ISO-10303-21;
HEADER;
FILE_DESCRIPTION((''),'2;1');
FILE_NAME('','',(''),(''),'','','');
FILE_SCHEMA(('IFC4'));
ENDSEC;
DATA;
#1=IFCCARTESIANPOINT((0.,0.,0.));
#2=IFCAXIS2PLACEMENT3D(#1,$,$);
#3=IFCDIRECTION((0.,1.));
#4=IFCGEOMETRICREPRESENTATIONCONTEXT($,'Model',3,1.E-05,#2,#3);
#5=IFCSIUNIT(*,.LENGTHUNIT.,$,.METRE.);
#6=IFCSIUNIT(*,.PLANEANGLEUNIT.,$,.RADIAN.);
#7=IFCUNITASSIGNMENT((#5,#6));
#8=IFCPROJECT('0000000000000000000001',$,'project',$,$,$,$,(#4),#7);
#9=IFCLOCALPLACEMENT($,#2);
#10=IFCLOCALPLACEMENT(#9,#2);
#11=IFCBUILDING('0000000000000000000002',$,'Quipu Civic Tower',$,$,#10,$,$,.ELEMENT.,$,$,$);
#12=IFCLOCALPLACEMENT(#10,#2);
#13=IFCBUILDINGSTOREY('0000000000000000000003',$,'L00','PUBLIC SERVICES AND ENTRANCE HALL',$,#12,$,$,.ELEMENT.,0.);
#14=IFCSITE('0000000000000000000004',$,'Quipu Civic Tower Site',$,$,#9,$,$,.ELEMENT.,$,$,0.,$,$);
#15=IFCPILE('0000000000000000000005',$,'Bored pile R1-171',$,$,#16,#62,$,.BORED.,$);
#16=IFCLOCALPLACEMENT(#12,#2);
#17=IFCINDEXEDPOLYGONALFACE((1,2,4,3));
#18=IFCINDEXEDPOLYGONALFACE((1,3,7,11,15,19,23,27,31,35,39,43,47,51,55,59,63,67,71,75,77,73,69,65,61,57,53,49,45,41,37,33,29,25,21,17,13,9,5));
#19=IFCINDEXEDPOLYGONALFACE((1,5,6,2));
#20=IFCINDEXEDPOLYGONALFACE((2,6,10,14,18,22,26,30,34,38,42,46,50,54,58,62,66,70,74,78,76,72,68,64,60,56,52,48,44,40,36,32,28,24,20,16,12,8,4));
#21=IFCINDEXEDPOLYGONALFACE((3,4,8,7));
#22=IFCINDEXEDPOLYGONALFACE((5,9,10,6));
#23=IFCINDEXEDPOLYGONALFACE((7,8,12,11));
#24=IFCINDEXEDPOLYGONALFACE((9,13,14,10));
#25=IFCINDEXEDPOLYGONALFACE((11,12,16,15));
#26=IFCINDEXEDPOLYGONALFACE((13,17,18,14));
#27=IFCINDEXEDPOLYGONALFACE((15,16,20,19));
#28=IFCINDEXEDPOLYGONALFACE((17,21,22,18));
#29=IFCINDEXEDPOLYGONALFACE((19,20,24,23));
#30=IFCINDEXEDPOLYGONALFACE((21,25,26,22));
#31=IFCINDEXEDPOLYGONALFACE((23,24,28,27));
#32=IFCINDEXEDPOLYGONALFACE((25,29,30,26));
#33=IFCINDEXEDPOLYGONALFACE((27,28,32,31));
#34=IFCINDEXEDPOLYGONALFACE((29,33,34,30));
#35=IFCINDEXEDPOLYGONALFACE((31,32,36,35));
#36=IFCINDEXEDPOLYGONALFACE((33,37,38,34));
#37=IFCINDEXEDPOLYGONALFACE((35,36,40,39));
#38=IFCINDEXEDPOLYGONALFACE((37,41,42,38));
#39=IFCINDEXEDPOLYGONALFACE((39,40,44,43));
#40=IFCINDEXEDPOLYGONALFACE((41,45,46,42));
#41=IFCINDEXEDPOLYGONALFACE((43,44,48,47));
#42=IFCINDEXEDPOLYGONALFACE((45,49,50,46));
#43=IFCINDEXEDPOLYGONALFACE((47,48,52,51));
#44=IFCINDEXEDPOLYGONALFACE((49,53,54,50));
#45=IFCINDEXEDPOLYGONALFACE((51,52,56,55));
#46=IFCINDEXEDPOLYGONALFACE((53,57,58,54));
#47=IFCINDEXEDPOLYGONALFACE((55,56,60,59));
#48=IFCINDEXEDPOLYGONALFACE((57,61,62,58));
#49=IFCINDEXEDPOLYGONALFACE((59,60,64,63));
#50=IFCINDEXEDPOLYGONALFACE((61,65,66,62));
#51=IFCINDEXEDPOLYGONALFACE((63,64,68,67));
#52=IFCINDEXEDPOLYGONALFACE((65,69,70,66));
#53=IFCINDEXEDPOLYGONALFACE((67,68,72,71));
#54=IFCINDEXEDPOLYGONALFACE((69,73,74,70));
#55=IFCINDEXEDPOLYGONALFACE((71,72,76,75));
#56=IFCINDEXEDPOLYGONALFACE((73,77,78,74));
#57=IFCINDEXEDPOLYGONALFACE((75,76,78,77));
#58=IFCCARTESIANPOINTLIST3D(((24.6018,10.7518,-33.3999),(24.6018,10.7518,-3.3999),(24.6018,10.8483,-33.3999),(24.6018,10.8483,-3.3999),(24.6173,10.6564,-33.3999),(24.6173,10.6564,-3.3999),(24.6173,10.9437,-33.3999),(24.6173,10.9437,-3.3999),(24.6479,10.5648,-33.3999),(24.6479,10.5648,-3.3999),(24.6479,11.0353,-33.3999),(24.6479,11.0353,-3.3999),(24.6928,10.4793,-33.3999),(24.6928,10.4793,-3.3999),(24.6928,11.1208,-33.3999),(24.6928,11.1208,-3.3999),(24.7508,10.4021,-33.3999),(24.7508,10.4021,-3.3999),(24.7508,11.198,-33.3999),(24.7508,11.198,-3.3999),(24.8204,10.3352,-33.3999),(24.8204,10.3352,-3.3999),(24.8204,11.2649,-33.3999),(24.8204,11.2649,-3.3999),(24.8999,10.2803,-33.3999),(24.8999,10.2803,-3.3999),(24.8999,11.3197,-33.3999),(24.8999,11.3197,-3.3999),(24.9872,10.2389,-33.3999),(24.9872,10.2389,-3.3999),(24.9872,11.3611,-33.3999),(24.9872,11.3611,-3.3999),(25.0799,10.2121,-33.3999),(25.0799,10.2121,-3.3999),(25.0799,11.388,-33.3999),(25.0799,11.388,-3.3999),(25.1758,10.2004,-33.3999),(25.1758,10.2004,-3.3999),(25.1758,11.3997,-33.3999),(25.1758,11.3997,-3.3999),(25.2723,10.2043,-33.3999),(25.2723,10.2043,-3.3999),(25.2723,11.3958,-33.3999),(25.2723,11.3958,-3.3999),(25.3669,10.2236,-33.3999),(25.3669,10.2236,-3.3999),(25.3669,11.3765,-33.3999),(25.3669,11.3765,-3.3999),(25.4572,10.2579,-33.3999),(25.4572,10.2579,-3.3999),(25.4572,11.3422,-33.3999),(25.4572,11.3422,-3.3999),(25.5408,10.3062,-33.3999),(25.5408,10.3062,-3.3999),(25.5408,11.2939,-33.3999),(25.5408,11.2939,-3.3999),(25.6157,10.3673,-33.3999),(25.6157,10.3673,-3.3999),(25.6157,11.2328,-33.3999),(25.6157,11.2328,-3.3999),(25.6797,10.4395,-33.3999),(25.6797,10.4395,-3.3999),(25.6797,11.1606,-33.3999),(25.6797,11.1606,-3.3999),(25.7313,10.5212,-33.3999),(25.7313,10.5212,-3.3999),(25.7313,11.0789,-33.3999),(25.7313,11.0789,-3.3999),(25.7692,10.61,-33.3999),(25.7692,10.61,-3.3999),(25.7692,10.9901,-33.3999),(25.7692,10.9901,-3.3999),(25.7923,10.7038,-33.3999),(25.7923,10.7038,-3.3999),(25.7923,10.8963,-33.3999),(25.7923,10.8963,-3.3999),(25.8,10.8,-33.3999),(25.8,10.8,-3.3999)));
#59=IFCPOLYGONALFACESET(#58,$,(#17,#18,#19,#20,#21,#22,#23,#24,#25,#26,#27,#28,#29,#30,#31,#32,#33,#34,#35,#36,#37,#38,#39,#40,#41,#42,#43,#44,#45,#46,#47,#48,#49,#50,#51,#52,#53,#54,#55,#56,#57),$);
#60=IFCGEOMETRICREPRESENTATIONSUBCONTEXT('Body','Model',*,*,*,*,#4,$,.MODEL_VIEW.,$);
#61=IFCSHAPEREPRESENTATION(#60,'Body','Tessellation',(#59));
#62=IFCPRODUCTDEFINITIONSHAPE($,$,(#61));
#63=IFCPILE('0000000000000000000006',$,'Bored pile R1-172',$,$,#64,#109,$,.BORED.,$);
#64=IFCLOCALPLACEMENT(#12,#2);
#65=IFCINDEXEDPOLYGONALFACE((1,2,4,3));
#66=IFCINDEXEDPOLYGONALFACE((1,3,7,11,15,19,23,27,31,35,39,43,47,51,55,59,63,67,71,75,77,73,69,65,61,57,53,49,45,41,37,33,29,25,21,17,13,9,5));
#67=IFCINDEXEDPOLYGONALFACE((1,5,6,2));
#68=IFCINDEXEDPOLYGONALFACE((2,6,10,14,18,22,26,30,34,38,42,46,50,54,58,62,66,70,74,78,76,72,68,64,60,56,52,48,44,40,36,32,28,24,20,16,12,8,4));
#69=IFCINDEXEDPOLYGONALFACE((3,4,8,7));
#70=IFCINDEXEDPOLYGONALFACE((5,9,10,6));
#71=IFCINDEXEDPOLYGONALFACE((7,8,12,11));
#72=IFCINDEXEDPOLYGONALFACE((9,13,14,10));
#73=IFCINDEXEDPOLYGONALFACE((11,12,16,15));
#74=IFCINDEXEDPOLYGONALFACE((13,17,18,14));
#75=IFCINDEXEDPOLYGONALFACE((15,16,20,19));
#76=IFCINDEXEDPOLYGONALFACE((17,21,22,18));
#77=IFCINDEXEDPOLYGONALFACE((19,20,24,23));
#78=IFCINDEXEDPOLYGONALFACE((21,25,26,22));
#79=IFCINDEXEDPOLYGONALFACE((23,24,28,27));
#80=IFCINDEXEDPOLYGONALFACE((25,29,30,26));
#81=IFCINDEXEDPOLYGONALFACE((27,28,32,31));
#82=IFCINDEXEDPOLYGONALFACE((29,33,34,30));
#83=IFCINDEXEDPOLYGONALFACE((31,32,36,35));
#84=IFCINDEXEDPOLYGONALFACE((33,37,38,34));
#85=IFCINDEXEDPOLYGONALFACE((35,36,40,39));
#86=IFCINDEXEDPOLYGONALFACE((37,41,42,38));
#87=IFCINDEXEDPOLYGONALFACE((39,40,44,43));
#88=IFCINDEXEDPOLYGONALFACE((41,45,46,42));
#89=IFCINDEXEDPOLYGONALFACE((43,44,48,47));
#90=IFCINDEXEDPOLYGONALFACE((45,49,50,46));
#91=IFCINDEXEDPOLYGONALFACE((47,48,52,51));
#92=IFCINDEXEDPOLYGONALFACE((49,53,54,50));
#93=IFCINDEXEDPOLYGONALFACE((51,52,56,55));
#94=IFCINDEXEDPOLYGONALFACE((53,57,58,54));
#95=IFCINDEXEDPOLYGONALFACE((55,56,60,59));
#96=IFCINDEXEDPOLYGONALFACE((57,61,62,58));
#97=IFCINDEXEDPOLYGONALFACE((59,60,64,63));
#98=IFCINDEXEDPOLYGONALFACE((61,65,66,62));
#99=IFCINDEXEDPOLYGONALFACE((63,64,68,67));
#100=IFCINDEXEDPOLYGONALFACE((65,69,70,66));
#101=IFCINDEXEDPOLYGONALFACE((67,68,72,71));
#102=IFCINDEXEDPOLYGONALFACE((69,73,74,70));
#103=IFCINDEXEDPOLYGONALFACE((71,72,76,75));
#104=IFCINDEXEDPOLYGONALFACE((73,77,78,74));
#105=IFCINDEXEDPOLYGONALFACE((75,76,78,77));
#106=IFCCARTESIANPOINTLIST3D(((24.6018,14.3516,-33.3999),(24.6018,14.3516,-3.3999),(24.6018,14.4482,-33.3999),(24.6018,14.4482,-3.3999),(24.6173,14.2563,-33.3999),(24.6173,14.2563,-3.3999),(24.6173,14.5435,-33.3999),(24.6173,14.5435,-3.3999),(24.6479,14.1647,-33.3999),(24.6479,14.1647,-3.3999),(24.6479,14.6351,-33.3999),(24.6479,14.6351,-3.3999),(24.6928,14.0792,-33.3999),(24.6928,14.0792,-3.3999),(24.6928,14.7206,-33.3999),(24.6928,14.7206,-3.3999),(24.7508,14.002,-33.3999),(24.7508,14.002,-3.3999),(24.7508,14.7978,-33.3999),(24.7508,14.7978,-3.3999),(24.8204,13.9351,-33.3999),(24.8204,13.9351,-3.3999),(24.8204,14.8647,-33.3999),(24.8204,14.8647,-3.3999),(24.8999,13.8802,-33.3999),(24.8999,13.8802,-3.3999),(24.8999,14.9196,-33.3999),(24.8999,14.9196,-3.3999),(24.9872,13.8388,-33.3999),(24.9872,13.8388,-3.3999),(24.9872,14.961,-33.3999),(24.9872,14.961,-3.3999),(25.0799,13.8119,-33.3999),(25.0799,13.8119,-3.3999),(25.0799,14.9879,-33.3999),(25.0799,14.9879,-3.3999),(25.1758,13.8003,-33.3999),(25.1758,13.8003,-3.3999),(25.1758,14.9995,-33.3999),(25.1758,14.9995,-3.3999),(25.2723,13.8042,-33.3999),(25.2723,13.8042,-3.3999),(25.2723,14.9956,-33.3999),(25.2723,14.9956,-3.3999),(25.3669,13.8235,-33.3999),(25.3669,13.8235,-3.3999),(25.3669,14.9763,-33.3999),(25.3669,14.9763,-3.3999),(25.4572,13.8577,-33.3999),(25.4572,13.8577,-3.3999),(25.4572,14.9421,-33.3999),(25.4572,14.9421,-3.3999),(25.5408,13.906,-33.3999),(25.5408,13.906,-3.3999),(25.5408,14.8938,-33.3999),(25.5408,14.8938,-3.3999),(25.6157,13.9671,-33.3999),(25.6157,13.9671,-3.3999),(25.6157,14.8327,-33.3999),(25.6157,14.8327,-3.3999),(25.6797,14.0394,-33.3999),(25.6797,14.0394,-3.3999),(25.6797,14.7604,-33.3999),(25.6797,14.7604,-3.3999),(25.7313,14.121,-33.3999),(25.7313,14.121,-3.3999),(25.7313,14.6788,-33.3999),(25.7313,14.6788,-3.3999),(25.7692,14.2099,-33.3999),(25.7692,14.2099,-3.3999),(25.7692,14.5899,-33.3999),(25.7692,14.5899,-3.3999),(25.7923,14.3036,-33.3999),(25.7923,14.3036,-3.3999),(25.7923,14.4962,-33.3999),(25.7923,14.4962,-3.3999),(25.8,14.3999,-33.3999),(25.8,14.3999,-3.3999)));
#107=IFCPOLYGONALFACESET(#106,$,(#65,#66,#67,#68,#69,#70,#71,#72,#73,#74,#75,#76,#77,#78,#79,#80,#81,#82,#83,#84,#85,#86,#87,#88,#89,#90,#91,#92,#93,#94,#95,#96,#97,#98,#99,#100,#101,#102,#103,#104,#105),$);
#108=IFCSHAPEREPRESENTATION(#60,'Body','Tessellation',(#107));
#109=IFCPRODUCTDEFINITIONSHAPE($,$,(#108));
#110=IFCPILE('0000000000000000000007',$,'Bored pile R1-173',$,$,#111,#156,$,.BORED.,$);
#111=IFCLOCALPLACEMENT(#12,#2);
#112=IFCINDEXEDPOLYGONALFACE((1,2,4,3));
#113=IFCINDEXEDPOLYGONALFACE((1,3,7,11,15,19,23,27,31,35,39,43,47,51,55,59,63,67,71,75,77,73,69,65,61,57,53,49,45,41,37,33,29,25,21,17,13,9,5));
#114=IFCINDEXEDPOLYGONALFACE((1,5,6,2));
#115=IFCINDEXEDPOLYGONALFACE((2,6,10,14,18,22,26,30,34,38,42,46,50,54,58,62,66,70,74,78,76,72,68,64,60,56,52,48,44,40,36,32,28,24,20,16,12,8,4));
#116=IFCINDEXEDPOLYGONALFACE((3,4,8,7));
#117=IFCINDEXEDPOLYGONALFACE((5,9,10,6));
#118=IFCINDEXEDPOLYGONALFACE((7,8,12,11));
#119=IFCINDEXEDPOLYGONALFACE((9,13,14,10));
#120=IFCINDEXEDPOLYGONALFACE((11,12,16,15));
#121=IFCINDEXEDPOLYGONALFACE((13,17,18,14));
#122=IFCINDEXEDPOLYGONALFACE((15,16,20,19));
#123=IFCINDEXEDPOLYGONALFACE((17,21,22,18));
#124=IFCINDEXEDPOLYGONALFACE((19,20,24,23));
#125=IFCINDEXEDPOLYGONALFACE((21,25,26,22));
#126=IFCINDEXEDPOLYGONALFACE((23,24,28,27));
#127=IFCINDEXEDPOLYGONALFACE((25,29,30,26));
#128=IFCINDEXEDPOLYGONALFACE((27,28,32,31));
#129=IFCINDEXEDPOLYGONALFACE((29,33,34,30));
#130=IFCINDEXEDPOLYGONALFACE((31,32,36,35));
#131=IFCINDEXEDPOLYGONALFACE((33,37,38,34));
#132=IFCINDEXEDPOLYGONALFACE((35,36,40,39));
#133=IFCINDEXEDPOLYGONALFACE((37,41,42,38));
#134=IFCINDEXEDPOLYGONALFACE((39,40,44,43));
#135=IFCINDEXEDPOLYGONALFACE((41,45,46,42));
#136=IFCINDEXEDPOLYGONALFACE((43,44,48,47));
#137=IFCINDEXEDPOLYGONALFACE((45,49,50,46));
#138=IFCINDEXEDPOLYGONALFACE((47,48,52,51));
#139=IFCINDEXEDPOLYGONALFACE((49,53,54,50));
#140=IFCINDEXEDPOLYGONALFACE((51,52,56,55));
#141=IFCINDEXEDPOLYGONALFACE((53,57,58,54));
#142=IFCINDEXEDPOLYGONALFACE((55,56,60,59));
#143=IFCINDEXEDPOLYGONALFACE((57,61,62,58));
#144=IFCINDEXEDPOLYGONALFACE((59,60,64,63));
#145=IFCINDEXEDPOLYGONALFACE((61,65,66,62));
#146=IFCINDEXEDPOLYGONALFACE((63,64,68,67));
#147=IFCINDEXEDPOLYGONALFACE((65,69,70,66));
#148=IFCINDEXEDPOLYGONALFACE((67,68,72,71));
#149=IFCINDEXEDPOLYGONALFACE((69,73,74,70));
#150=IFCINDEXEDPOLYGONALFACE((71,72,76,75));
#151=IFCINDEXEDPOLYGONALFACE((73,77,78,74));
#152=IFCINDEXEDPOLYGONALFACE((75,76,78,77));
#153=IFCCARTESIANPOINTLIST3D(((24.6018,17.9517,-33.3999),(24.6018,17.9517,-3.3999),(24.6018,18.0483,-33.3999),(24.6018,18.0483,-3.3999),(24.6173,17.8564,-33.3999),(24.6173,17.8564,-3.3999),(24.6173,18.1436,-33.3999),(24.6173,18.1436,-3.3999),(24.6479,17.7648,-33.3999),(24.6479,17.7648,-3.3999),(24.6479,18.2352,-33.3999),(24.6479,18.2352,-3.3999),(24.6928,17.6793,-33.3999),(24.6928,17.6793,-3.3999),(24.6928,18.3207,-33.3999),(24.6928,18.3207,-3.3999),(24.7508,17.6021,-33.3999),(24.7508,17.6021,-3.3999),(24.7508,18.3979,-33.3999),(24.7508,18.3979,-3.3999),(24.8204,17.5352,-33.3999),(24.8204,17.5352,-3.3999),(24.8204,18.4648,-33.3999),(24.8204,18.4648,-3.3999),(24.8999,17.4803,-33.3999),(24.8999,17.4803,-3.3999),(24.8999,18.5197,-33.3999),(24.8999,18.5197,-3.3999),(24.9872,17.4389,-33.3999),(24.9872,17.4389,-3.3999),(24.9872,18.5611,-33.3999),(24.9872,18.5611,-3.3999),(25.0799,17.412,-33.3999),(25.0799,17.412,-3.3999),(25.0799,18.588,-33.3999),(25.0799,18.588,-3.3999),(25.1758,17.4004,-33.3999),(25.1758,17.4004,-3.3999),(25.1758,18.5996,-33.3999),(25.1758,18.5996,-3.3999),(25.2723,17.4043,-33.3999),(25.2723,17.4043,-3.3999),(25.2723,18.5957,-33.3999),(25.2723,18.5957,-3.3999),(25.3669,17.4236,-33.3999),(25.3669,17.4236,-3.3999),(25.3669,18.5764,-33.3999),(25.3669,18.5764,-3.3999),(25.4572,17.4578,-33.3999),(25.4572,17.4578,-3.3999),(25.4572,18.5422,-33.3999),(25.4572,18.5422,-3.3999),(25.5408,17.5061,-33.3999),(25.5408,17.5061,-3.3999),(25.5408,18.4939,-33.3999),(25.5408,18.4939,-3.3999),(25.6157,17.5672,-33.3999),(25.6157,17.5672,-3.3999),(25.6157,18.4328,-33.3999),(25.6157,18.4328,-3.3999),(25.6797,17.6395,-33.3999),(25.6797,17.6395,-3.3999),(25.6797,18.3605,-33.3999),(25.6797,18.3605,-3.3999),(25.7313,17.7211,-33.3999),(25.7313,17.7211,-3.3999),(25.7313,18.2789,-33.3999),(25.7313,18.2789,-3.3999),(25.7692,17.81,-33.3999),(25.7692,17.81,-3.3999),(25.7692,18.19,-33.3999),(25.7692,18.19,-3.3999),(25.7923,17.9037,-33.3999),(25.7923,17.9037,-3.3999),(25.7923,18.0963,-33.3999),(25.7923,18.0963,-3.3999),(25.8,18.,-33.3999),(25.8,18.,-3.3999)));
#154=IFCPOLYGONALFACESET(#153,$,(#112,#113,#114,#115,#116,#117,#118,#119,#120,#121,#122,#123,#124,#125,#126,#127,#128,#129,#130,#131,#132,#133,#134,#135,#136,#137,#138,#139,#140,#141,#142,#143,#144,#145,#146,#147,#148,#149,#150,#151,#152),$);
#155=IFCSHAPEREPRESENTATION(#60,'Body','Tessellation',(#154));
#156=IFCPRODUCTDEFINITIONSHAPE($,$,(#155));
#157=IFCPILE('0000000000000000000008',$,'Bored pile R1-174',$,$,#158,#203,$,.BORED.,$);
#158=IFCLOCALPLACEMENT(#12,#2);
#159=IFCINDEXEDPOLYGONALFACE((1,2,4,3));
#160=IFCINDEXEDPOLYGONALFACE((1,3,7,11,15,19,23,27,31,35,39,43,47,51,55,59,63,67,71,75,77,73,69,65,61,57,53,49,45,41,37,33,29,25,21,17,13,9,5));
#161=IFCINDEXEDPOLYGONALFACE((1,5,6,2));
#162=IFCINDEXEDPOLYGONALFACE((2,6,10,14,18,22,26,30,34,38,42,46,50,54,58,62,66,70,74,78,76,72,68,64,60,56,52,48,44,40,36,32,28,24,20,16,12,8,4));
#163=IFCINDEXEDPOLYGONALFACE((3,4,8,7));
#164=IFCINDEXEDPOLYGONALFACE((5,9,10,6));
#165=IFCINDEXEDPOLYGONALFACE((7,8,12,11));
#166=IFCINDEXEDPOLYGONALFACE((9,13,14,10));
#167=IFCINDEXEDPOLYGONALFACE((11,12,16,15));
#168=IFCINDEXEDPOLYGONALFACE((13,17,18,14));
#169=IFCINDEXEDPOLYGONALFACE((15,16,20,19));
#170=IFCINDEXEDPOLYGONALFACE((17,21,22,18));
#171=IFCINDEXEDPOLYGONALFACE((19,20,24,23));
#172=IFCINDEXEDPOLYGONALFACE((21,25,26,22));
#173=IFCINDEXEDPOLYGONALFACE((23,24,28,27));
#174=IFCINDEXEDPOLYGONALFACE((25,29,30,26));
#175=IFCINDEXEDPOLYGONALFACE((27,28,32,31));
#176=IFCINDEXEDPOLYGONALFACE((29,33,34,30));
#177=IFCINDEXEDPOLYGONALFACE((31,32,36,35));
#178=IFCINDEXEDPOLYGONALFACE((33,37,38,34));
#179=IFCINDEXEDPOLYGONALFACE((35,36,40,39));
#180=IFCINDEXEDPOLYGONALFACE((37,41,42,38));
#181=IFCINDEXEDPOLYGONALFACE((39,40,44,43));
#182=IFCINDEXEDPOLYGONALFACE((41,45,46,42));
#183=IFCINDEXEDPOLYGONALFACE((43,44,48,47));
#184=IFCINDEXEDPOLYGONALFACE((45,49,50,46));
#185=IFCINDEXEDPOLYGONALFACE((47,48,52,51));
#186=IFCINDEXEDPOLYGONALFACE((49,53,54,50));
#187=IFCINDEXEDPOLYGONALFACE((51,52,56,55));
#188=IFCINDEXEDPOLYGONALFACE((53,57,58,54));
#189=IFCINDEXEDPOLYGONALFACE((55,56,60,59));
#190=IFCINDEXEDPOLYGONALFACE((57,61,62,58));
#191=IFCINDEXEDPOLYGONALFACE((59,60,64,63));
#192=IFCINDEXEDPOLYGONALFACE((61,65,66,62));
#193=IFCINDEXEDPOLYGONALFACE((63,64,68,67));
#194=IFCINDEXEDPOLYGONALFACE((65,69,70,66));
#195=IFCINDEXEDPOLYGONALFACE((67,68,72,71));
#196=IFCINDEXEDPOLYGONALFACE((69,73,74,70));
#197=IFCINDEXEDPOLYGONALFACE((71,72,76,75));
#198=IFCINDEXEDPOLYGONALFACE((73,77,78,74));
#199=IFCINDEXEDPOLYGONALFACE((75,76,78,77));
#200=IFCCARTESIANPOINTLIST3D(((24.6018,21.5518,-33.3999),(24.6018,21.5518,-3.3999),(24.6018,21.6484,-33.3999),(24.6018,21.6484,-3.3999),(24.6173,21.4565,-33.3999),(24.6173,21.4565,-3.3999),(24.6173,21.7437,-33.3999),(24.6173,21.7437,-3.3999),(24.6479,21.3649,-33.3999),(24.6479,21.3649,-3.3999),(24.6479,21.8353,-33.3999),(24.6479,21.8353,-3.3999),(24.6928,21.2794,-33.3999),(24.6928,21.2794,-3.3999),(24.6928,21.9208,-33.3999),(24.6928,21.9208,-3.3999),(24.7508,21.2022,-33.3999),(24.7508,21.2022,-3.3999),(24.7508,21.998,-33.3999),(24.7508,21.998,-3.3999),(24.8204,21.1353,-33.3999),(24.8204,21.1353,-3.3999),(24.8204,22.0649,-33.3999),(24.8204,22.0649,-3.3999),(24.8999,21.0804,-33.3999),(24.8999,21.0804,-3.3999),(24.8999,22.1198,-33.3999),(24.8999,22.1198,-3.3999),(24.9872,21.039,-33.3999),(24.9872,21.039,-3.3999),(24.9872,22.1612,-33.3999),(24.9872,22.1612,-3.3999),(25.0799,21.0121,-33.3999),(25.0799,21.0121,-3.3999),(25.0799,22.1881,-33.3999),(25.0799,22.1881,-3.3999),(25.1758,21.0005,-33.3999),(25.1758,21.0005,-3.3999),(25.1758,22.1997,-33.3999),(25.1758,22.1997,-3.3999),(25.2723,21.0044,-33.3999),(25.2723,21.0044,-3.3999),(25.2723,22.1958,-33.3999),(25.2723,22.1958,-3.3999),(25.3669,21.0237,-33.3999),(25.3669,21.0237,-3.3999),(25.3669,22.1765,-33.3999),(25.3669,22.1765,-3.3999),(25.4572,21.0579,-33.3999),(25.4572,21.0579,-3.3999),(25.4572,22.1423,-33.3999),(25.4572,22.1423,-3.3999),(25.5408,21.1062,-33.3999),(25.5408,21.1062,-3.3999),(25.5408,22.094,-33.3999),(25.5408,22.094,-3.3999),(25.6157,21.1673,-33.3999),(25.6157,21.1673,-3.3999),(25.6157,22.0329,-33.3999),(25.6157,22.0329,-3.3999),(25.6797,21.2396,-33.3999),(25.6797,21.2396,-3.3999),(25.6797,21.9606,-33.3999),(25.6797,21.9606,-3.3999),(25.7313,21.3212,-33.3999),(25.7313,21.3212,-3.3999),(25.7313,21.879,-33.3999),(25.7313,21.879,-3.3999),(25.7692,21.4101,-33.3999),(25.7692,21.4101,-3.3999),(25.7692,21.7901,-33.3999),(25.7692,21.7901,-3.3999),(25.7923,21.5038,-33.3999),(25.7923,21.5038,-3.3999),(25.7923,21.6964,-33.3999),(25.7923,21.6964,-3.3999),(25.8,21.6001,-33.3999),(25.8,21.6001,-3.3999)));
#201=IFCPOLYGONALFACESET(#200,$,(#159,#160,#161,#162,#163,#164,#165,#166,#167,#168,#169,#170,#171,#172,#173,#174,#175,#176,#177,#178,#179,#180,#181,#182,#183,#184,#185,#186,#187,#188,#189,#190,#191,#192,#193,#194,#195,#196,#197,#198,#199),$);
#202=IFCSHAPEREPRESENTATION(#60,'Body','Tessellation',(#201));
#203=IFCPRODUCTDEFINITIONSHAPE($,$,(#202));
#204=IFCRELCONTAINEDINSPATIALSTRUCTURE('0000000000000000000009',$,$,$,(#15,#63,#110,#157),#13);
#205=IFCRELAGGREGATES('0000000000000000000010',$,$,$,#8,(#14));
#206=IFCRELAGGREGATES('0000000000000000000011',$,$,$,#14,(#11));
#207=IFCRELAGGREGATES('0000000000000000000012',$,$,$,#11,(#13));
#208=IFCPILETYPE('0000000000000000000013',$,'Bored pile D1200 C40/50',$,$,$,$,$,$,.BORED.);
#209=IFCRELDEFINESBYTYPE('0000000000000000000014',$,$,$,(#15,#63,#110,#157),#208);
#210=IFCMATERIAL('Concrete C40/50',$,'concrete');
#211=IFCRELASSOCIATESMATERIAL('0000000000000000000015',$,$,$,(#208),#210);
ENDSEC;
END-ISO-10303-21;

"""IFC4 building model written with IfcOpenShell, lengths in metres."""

from ifc_helpers import new_model, si_unit, direction, frame, origin, origin_2d, place, context, subcontext, project, spatial, circle, extrude, material, material_profile, profile_set, type_object, element, save


model = new_model("IFC4")

# Units and contexts
model_context = context("Model", 3, precision=1e-05, world=origin(), true_north=direction((0.0, 1.0)))
body_context = subcontext(model_context, "Body", "Model", "MODEL_VIEW")
ifc_project = project(units=[si_unit("LENGTHUNIT", "METRE"), si_unit("PLANEANGLEUNIT", "RADIAN")], contexts=[model_context])

# Site, building, storey
site_placement = place(None, origin())
site = spatial("IfcSite", under=ifc_project, at=site_placement, Name="Quipu Civic Tower Site", CompositionType="ELEMENT", RefElevation=0.0)
building_placement = place(site_placement, origin())
building = spatial("IfcBuilding", under=site, at=building_placement, Name="Quipu Civic Tower", CompositionType="ELEMENT")
storey_placement = place(building_placement, origin())
storey = spatial("IfcBuildingStorey", under=building, at=storey_placement, Name="L00", Description="PUBLIC SERVICES AND ENTRANCE HALL", CompositionType="ELEMENT", Elevation=0.0)

# Piles
ifc_material_1 = material(Name="Concrete C40/50", Category="concrete")
ifc_material_profile_1 = material_profile(ifc_material_1, circle(Radius=0.6001, at=origin_2d()), Name="RCD1200")
ifc_profile_set_1 = profile_set([ifc_material_profile_1], Name="Concrete C40/50")
pile_type = type_object("IfcPileType", Name="Bored pile D1200 C40/50", PredefinedType="BORED", material=ifc_profile_set_1)
for number, where, z_axis, x_axis, name in (
    (1, (25.2, 10.8, -3.3999), (0.0, 0.0, -1.0), (1.0, 0.0, 0.0), "Bored pile R1-171"),
    (2, (25.2, 14.3999, -3.3999), (0.0, 0.0, -1.0), (1.0, 0.0, 0.0), "Bored pile R1-172"),
    (3, (25.2, 18.0, -3.3999), (0.0, 0.0, -1.0), (1.0, 0.0, 0.0), "Bored pile R1-173"),
    (4, (25.2, 21.6001, -3.3999), (0.0, 0.0, -1.0), (1.0, 0.0, 0.0), "Bored pile R1-174"),
):
    element("IfcPile", number, at=place(storey_placement, frame(where, z_axis=z_axis, x_axis=x_axis)), inside=storey, type_object=pile_type, Name=name, PredefinedType="BORED", context=body_context, shape_type="SweptSolid", body=[
        extrude(circle(Radius=0.6001, at=origin_2d()), origin(), (0.0, 0.0, 1.0), 30.0),
    ])

save(model, "model.ifc")
